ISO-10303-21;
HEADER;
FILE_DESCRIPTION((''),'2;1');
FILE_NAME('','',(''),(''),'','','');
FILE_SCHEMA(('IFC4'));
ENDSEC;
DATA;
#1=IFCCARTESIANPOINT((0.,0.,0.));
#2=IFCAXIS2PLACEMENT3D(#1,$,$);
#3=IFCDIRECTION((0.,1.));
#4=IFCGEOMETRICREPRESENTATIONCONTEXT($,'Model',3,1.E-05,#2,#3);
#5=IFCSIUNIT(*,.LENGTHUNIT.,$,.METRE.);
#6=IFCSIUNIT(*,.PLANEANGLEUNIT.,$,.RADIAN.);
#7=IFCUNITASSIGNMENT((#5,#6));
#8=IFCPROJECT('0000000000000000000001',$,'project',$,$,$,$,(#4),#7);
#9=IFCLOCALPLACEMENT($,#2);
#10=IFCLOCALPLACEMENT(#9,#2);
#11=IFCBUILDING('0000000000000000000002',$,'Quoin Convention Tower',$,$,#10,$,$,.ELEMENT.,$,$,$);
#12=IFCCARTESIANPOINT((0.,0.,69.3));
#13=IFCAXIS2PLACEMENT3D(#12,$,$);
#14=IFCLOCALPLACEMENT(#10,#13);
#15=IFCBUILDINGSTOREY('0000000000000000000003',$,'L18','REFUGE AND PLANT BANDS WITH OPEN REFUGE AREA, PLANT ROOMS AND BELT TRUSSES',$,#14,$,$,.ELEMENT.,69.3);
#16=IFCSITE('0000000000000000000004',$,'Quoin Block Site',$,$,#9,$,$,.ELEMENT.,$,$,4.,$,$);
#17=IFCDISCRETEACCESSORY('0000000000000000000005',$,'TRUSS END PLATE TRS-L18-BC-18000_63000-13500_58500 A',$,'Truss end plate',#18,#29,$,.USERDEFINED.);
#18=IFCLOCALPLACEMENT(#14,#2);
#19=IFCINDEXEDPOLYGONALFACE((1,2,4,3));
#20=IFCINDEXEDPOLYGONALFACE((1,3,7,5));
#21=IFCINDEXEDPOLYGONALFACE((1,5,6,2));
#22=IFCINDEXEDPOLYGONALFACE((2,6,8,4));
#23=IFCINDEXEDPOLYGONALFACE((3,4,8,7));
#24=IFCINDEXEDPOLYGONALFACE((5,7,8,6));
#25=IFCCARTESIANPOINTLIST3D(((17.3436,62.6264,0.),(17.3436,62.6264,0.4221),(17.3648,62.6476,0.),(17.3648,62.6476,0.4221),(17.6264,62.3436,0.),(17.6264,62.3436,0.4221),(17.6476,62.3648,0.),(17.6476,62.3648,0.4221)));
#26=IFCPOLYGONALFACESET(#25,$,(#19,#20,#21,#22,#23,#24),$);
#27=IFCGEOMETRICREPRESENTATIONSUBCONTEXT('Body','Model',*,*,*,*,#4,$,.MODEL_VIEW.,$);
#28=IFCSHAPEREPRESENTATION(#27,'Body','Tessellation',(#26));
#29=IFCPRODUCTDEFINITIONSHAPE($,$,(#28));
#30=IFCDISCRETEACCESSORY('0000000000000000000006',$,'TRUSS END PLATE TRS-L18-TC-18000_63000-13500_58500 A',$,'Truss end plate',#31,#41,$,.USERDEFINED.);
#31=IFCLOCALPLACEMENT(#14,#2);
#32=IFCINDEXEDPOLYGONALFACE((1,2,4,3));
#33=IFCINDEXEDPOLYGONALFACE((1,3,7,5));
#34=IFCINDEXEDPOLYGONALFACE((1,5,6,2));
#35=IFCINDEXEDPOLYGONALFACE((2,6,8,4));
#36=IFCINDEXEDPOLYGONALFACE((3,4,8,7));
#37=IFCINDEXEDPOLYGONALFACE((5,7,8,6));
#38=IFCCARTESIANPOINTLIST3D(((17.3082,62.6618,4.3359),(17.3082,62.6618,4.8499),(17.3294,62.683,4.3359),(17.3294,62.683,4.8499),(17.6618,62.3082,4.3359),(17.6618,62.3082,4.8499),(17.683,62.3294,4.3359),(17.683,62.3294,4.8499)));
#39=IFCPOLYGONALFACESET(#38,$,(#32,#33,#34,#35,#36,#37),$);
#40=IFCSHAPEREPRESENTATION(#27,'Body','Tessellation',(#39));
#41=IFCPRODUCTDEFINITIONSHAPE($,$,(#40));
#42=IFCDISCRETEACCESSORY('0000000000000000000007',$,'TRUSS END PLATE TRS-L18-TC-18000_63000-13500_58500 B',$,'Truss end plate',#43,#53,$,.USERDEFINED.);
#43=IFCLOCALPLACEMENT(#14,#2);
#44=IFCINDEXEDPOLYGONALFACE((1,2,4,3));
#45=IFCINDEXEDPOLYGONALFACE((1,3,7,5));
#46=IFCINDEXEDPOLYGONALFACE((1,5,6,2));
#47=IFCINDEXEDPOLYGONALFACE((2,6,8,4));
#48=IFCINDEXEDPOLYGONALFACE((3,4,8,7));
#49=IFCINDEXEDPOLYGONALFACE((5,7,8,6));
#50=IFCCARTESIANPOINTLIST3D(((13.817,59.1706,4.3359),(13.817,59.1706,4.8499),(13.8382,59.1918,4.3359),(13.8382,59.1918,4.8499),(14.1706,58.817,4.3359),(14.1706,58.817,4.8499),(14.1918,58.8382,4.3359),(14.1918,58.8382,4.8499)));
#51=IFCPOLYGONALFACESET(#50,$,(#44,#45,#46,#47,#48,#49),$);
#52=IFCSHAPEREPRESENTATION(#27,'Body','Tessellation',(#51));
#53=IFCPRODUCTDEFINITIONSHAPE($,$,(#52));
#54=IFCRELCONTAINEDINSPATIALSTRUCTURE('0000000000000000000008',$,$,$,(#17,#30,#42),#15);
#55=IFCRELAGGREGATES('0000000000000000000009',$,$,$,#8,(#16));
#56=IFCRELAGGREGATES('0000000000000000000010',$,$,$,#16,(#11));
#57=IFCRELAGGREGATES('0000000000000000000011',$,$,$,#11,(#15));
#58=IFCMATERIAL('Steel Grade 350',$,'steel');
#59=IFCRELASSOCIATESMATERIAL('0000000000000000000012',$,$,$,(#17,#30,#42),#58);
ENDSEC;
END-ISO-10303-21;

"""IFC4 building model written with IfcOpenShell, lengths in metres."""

from ifc_helpers import new_model, si_unit, direction, frame, origin, origin_2d, place, context, subcontext, project, spatial, rectangle, extrude, material, element, save


model = new_model("IFC4")

# Units and contexts
model_context = context("Model", 3, precision=1e-05, world=origin(), true_north=direction((0.0, 1.0)))
body_context = subcontext(model_context, "Body", "Model", "MODEL_VIEW")
ifc_project = project(units=[si_unit("LENGTHUNIT", "METRE"), si_unit("PLANEANGLEUNIT", "RADIAN")], contexts=[model_context])

# Site, building, storey
site_placement = place(None, origin())
site = spatial("IfcSite", under=ifc_project, at=site_placement, Name="Quoin Block Site", CompositionType="ELEMENT", RefElevation=4.0)
building_placement = place(site_placement, origin())
building = spatial("IfcBuilding", under=site, at=building_placement, Name="Quoin Convention Tower", CompositionType="ELEMENT")
storey_placement = place(building_placement, frame((0.0, 0.0, 69.3)))
storey = spatial("IfcBuildingStorey", under=building, at=storey_placement, Name="L18", Description="REFUGE AND PLANT BANDS WITH OPEN REFUGE AREA, PLANT ROOMS AND BELT TRUSSES", CompositionType="ELEMENT", Elevation=69.3)

# Discrete accessories
ifc_material_1 = material(Name="Steel Grade 350", Category="steel")
discrete_accessory_placement = place(storey_placement, frame((17.4956, 62.4956, 0.0), z_axis=(0.0, 0.0, 1.0), x_axis=(0.707107, 0.707107, 0.0)))
element("IfcDiscreteAccessory", 1, at=discrete_accessory_placement, inside=storey, material=ifc_material_1, Name="TRUSS END PLATE TRS-L18-BC-18000_63000-13500_58500 A", ObjectType="Truss end plate", PredefinedType="USERDEFINED", context=body_context, shape_type="SweptSolid", body=[
    extrude(rectangle(XDim=0.03, YDim=0.3999, at=origin_2d()), origin(), (0.0, 0.0, 1.0), 0.4221),
])
for number, where, z_axis, x_axis, name in (
    (2, (17.4956, 62.4956, 4.3359), (0.0, 0.0, 1.0), (0.707107, 0.707107, 0.0), "TRUSS END PLATE TRS-L18-TC-18000_63000-13500_58500 A"),
    (3, (14.0044, 59.0044, 4.3359), (0.0, 0.0, 1.0), (-0.707107, -0.707107, 0.0), "TRUSS END PLATE TRS-L18-TC-18000_63000-13500_58500 B"),
):
    element("IfcDiscreteAccessory", number, at=place(storey_placement, frame(where, z_axis=z_axis, x_axis=x_axis)), inside=storey, material=ifc_material_1, Name=name, ObjectType="Truss end plate", PredefinedType="USERDEFINED", context=body_context, shape_type="SweptSolid", body=[
        extrude(rectangle(XDim=0.03, YDim=0.5, at=origin_2d()), origin(), (0.0, 0.0, 1.0), 0.5139),
    ])

save(model, "model.ifc")
